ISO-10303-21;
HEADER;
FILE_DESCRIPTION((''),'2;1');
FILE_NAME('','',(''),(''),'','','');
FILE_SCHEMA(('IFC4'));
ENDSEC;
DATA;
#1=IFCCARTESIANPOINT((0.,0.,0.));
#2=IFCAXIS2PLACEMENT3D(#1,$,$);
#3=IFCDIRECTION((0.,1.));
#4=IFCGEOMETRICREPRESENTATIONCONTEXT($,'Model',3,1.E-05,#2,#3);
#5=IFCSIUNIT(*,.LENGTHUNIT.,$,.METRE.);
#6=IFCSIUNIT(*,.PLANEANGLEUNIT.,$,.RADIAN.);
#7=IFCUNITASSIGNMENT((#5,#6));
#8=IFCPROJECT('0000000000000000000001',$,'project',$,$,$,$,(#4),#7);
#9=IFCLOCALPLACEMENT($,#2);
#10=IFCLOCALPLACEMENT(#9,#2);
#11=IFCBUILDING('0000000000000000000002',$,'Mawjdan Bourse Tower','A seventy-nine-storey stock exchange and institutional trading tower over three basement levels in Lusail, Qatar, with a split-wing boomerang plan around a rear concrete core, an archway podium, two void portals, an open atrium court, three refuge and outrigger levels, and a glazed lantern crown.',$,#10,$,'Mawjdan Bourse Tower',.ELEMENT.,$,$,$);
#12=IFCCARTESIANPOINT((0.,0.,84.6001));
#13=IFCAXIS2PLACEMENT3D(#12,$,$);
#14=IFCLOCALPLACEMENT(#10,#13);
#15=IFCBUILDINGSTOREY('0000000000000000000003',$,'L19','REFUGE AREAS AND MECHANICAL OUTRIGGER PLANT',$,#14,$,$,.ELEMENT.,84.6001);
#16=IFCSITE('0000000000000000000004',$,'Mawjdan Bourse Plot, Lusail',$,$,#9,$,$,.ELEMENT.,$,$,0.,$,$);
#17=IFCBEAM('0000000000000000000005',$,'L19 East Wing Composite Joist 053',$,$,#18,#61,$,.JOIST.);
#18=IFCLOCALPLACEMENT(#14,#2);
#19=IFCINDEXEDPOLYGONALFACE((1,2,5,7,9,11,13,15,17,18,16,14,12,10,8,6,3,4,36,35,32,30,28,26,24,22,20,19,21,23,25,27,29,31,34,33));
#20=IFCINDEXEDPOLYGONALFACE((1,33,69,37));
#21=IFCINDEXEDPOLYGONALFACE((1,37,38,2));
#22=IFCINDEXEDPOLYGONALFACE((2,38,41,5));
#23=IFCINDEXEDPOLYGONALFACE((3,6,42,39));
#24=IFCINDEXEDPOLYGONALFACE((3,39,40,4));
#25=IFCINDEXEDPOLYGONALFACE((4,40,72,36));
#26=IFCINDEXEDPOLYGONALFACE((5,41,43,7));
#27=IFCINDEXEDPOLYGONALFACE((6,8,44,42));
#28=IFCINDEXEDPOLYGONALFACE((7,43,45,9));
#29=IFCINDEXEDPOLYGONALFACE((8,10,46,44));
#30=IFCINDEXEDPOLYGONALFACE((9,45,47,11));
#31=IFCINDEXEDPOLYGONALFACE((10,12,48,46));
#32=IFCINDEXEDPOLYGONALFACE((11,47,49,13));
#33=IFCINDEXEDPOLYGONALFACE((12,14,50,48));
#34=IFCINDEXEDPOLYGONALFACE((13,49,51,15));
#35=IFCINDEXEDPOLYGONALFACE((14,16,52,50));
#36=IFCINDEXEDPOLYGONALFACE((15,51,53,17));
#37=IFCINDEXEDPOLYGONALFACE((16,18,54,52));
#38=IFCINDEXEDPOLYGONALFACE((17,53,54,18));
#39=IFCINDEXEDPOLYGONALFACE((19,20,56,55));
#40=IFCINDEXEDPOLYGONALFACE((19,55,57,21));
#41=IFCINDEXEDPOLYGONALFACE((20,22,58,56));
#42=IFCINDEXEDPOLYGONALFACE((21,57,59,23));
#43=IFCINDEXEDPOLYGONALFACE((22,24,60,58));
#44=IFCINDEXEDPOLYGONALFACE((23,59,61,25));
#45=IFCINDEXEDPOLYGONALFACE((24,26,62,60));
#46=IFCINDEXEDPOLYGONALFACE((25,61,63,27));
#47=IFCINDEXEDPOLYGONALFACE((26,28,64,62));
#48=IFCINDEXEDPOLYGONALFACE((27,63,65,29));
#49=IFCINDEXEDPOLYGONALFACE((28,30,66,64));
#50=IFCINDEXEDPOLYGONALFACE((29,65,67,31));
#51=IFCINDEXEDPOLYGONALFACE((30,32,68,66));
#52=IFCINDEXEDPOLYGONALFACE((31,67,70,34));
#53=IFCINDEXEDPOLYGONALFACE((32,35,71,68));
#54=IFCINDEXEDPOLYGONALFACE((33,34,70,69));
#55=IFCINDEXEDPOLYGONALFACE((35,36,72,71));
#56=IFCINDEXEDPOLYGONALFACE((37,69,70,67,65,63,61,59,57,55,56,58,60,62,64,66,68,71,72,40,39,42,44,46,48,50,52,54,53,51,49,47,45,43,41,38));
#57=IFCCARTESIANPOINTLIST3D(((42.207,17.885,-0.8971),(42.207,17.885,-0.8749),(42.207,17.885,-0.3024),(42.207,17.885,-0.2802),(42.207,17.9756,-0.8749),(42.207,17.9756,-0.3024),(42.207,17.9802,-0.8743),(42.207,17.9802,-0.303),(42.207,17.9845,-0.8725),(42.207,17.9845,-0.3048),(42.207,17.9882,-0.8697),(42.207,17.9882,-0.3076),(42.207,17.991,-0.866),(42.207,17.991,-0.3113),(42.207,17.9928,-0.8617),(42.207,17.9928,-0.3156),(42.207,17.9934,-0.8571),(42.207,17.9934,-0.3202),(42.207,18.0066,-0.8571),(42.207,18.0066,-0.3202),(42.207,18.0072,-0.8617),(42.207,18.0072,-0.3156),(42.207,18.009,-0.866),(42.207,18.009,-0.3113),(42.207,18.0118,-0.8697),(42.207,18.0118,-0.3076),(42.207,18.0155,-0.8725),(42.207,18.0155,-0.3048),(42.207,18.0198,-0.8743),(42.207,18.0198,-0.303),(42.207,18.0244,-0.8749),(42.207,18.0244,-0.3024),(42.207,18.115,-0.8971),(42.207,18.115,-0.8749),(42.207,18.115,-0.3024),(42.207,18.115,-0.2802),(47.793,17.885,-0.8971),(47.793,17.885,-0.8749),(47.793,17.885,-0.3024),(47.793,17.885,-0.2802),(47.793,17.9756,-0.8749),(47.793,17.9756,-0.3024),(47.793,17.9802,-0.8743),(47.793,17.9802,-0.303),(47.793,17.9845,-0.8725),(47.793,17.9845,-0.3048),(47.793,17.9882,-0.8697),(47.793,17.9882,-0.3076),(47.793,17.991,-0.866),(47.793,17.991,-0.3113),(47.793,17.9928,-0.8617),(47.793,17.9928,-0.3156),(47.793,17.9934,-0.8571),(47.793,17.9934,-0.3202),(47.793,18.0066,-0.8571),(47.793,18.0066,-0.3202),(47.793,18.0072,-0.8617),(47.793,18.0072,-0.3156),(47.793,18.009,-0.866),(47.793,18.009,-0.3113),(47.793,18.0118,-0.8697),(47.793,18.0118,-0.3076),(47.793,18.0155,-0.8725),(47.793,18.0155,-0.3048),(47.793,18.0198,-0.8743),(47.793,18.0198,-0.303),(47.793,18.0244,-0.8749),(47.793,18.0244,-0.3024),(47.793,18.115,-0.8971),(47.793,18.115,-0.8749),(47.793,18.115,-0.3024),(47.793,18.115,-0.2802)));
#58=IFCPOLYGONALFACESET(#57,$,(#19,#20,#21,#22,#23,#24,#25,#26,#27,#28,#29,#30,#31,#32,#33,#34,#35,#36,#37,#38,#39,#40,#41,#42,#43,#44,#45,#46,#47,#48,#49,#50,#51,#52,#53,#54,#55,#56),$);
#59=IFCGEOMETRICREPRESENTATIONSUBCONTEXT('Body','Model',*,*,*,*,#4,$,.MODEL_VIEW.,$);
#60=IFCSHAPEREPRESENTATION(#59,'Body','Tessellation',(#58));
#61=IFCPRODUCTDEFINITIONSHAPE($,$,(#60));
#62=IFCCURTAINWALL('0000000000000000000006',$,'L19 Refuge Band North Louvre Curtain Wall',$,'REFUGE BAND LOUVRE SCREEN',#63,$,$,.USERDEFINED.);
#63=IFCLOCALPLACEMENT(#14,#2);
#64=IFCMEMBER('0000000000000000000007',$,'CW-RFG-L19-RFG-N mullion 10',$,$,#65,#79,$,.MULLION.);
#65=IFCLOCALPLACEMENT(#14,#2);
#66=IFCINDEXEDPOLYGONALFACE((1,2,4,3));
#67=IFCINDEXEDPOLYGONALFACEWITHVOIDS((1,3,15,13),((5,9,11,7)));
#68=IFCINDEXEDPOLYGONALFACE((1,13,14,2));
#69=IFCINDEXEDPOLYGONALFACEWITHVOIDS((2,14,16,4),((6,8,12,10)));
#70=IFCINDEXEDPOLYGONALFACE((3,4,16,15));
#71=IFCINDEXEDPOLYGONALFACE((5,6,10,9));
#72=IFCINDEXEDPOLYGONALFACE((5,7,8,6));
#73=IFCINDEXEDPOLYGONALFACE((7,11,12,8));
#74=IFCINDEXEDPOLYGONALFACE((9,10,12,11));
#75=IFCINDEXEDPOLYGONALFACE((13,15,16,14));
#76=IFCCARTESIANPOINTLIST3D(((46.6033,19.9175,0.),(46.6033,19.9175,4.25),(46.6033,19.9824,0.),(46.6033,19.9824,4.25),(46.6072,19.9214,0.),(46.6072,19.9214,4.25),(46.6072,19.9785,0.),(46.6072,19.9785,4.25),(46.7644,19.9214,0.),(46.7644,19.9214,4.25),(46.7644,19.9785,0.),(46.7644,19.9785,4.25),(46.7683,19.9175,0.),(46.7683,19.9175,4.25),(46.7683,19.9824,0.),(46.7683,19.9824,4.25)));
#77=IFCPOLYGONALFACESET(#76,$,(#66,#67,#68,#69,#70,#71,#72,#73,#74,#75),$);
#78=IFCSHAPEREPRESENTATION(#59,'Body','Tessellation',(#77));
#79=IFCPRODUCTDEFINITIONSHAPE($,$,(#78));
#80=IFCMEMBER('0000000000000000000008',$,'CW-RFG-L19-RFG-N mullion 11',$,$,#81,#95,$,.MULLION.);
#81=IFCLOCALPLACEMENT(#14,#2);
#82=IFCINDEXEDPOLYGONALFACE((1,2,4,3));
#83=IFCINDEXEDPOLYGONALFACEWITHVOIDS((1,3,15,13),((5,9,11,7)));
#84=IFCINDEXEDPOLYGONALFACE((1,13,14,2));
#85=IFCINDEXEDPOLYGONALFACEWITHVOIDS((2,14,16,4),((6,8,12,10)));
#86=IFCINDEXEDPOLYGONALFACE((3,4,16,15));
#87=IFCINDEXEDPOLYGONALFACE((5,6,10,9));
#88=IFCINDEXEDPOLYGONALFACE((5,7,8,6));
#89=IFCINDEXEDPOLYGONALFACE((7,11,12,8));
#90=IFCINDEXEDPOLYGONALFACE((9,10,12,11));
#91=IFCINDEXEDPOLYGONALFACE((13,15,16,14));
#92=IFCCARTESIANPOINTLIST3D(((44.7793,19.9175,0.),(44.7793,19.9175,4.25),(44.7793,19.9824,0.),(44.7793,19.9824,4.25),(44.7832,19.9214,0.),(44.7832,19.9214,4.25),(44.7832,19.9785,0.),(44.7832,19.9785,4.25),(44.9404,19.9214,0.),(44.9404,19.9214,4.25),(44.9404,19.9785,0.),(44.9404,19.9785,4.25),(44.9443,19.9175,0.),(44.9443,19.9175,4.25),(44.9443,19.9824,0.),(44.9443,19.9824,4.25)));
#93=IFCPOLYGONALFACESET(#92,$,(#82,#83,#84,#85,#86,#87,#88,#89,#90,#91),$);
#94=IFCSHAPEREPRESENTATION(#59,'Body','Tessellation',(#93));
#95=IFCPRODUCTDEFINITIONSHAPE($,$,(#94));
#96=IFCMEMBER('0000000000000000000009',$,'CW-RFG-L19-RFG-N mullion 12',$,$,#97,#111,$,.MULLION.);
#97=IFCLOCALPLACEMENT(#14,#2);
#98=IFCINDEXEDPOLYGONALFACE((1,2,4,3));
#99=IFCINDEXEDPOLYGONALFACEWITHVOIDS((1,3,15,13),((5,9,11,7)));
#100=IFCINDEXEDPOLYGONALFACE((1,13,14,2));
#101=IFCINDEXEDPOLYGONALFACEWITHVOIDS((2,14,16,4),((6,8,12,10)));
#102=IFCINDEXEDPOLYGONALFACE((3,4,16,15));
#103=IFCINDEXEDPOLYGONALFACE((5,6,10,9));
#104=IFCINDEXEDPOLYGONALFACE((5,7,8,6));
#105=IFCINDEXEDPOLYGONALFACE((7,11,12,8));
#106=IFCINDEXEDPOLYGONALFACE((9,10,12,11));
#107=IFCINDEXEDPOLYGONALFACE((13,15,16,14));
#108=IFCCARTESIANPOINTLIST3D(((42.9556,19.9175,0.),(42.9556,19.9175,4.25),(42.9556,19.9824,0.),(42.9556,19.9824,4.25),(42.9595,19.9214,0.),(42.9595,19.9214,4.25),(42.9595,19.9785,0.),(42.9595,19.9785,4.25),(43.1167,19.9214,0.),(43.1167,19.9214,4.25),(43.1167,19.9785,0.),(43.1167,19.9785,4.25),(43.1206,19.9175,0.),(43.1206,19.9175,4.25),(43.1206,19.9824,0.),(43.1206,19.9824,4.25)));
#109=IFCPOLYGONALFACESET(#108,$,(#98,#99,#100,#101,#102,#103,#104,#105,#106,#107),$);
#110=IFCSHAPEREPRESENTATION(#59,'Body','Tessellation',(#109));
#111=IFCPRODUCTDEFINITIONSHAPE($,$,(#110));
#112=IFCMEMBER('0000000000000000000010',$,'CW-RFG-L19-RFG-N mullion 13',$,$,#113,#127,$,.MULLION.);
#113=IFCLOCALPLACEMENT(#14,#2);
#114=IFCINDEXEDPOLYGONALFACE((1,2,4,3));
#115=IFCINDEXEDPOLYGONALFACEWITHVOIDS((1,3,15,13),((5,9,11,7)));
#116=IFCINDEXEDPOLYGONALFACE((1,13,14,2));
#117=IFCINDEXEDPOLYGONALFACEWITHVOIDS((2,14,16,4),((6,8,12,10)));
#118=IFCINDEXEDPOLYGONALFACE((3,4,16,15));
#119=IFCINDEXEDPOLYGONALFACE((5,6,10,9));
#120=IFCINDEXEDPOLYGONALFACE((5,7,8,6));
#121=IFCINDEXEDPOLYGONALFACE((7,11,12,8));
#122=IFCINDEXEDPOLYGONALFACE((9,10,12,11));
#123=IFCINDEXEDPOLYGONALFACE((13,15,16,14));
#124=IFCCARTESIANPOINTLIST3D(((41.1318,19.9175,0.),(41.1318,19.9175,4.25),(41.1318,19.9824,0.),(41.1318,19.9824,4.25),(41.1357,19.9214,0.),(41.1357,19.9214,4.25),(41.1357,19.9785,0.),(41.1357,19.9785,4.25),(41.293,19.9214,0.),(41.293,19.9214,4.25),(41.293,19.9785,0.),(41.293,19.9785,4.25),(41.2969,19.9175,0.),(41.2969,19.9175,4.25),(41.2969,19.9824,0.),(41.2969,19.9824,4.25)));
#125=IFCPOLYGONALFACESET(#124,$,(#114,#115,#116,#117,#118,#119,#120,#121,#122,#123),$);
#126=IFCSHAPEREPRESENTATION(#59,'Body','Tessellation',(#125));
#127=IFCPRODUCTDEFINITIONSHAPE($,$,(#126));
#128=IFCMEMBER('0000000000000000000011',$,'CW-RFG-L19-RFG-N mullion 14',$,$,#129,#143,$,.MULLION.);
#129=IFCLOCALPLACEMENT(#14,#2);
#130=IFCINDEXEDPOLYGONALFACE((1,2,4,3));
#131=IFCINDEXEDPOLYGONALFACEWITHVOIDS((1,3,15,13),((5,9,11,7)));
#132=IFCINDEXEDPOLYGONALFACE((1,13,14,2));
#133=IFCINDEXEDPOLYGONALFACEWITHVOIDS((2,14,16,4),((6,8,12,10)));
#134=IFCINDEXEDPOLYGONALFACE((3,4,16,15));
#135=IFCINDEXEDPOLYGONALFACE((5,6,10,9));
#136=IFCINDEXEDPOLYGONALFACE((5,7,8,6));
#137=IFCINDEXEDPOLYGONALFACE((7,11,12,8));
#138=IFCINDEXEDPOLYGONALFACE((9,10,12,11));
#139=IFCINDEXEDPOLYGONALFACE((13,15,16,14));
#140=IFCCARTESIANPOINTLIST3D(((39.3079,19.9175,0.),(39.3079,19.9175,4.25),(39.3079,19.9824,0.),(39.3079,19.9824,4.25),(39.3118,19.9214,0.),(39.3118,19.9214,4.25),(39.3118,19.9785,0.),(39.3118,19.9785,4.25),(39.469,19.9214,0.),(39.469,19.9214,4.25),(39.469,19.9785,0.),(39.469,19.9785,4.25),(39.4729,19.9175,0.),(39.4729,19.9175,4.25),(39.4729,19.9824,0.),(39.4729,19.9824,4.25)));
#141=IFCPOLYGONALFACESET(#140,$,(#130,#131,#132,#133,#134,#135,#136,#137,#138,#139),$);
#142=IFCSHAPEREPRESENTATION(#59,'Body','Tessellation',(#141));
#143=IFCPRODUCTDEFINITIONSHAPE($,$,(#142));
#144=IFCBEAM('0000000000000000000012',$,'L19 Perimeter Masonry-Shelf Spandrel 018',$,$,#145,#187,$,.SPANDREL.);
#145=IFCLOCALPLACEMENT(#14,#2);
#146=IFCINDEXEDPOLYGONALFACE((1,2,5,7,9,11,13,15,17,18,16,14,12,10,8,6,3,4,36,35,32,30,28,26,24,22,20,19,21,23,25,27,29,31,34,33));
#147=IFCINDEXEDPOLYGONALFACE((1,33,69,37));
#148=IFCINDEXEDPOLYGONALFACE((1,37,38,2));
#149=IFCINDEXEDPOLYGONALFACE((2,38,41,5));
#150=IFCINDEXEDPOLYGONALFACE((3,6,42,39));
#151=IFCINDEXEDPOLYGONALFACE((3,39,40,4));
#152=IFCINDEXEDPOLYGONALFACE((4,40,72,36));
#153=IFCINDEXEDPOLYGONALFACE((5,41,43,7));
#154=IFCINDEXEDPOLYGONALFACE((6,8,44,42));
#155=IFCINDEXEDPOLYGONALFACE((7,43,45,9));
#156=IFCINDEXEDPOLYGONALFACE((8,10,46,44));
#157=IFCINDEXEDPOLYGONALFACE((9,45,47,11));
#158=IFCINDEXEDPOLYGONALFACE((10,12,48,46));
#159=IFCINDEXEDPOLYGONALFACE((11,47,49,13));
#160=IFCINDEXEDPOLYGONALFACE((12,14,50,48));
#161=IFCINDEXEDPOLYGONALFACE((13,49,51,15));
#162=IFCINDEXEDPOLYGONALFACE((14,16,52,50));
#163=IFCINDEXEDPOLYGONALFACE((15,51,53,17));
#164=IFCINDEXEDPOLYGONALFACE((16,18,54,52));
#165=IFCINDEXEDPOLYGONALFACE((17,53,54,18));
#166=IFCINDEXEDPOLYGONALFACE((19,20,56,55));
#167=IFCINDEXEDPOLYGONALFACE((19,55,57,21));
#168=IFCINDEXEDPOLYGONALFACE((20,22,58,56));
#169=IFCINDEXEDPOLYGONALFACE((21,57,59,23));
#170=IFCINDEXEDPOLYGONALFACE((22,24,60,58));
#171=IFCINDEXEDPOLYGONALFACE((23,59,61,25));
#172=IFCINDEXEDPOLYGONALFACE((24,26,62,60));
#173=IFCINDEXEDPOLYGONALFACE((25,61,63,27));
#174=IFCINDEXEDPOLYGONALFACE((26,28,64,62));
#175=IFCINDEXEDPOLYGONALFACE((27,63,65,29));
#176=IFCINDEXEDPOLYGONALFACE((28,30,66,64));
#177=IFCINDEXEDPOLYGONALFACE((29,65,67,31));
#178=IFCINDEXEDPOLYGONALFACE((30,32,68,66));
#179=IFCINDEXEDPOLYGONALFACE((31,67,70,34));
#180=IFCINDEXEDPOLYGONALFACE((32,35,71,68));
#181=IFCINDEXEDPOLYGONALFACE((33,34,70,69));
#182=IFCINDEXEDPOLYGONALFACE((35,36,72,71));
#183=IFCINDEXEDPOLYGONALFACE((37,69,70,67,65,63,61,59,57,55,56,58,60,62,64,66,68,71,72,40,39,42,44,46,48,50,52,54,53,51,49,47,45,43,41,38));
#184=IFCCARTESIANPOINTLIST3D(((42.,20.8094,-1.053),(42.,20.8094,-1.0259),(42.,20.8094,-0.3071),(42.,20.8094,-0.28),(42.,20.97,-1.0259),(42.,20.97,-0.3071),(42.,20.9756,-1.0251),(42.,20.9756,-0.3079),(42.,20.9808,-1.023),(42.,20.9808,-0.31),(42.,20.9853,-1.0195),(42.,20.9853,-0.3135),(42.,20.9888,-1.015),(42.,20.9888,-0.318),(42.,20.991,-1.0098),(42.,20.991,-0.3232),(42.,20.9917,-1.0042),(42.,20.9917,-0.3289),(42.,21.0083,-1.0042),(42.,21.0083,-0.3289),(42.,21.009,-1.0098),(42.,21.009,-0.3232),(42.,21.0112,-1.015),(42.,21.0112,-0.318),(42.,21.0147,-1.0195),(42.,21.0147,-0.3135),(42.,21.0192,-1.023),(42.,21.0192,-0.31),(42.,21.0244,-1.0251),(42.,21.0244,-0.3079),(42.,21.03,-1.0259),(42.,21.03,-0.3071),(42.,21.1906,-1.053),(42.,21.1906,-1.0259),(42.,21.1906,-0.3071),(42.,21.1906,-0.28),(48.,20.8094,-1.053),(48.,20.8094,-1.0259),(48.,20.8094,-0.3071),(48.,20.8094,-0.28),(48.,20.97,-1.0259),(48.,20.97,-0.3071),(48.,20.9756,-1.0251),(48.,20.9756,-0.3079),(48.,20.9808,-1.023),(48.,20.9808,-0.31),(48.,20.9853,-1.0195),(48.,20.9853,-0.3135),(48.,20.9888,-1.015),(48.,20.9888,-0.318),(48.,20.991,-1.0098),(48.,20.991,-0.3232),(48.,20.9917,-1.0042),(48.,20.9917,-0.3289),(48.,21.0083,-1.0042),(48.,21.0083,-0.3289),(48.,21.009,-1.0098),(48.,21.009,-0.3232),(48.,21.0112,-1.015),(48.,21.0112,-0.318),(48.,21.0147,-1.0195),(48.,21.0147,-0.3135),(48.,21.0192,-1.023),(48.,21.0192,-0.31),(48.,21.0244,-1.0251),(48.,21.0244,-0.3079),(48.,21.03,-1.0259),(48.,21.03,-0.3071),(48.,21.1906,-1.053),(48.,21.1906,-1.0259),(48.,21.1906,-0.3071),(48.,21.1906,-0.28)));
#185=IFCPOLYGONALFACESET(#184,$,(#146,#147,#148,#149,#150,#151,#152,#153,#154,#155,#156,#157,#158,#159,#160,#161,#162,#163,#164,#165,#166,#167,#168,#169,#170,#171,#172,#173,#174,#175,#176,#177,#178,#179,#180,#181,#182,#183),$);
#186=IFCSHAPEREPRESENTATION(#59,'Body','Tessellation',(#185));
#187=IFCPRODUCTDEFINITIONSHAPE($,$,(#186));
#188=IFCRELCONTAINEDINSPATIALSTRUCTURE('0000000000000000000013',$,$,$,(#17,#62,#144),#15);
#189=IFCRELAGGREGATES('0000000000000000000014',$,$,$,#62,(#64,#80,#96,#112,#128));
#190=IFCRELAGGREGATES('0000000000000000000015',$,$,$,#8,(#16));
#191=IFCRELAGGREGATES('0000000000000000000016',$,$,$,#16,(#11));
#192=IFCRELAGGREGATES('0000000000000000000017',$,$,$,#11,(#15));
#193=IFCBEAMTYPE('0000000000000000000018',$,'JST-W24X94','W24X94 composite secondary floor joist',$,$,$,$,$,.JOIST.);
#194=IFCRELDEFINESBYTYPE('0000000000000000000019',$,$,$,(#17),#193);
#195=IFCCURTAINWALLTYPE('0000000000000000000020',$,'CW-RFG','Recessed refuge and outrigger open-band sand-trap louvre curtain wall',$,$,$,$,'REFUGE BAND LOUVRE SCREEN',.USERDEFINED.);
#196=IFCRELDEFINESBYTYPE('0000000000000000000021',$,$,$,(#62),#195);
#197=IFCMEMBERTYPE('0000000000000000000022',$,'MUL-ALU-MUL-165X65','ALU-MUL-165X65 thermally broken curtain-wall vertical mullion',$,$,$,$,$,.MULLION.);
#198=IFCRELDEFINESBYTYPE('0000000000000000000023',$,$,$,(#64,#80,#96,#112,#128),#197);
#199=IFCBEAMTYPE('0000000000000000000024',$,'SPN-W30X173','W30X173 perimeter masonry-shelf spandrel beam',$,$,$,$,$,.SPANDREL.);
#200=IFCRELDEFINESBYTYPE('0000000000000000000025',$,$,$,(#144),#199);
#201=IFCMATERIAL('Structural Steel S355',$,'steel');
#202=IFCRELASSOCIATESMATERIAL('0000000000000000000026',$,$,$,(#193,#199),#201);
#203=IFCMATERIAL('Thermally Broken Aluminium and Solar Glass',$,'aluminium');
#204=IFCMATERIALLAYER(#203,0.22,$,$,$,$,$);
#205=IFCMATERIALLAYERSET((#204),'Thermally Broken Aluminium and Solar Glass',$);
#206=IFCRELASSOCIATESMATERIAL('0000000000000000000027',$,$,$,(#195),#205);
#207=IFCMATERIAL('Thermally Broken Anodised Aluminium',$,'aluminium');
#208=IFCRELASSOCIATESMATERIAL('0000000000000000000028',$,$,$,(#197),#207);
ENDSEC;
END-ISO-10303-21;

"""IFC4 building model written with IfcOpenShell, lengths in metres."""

from ifc_helpers import new_model, si_unit, direction, frame, origin, origin_2d, place, context, subcontext, project, spatial, hollow_rectangle, i_section, extrude, material, layer, layer_set, material_profile, profile_set, type_object, element, aggregate, save


model = new_model("IFC4")

# Units and contexts
model_context = context("Model", 3, precision=1e-05, world=origin(), true_north=direction((0.0, 1.0)))
body_context = subcontext(model_context, "Body", "Model", "MODEL_VIEW")
ifc_project = project(units=[si_unit("LENGTHUNIT", "METRE"), si_unit("PLANEANGLEUNIT", "RADIAN")], contexts=[model_context])

# Site, building, storey
site_placement = place(None, origin())
site = spatial("IfcSite", under=ifc_project, at=site_placement, Name="Mawjdan Bourse Plot, Lusail", CompositionType="ELEMENT", RefElevation=0.0)
building_placement = place(site_placement, origin())
building = spatial("IfcBuilding", under=site, at=building_placement, Name="Mawjdan Bourse Tower", Description="A seventy-nine-storey stock exchange and institutional trading tower over three basement levels in Lusail, Qatar, with a split-wing boomerang plan around a rear concrete core, an archway podium, two void portals, an open atrium court, three refuge and outrigger levels, and a glazed lantern crown.", LongName="Mawjdan Bourse Tower", CompositionType="ELEMENT")
storey_placement = place(building_placement, frame((0.0, 0.0, 84.6001)))
storey = spatial("IfcBuildingStorey", under=building, at=storey_placement, Name="L19", Description="REFUGE AREAS AND MECHANICAL OUTRIGGER PLANT", CompositionType="ELEMENT", Elevation=84.6001)

# Beam
ifc_material_1 = material(Name="Structural Steel S355", Category="steel")
ifc_material_profile_1 = material_profile(ifc_material_1, i_section(OverallWidth=0.23, OverallDepth=0.6169, WebThickness=0.0132, FlangeThickness=0.0222, FilletRadius=0.0178, at=origin_2d()), Name="W24X94")
ifc_profile_set_1 = profile_set([ifc_material_profile_1], Name="Structural Steel S355")
beam_type_1 = type_object("IfcBeamType", Name="JST-W24X94", Description="W24X94 composite secondary floor joist", PredefinedType="JOIST", material=ifc_profile_set_1)
for number, where, z_axis, x_axis, name in (
    (1, (42.207, 18.0, -0.5886), (1.0, 0.0, 0.0), (0.0, 1.0, 0.0), "L19 East Wing Composite Joist 053"),
):
    element("IfcBeam", number, at=place(storey_placement, frame(where, z_axis=z_axis, x_axis=x_axis)), inside=storey, type_object=beam_type_1, Name=name, PredefinedType="JOIST", context=body_context, shape_type="SweptSolid", body=[
        extrude(i_section(OverallWidth=0.23, OverallDepth=0.6169, WebThickness=0.0132, FlangeThickness=0.0222, FilletRadius=0.0178, at=origin_2d()), origin(), (0.0, 0.0, 1.0), 5.5859),
    ])

# Curtain wall, members
ifc_material_2 = material(Name="Thermally Broken Aluminium and Solar Glass", Category="aluminium")
ifc_layer_1 = layer(ifc_material_2, 0.22)
ifc_layer_set_1 = layer_set([ifc_layer_1], Name="Thermally Broken Aluminium and Solar Glass")
curtain_wall_type = type_object("IfcCurtainWallType", Name="CW-RFG", Description="Recessed refuge and outrigger open-band sand-trap louvre curtain wall", ElementType="REFUGE BAND LOUVRE SCREEN", PredefinedType="USERDEFINED", material=ifc_layer_set_1)
curtain_wall_placement = place(storey_placement, origin())
curtain_wall = element("IfcCurtainWall", 2, at=curtain_wall_placement, inside=storey, type_object=curtain_wall_type, Name="L19 Refuge Band North Louvre Curtain Wall", ObjectType="REFUGE BAND LOUVRE SCREEN", PredefinedType="USERDEFINED")
ifc_material_3 = material(Name="Thermally Broken Anodised Aluminium", Category="aluminium")
ifc_material_profile_2 = material_profile(ifc_material_3, hollow_rectangle(XDim=0.0649, YDim=0.165, WallThickness=0.0039, at=origin_2d()), Name="ALU-MUL-165X65")
ifc_profile_set_2 = profile_set([ifc_material_profile_2], Name="Thermally Broken Anodised Aluminium")
member_type_1 = type_object("IfcMemberType", Name="MUL-ALU-MUL-165X65", Description="ALU-MUL-165X65 thermally broken curtain-wall vertical mullion", PredefinedType="MULLION", material=ifc_profile_set_2)
member_1_placement = place(storey_placement, frame((46.6858, 19.95, 0.0), z_axis=(0.0, 0.0, 1.0), x_axis=(0.0, -1.0, 0.0)))
member_1 = element("IfcMember", 3, at=member_1_placement, type_object=member_type_1, Name="CW-RFG-L19-RFG-N mullion 10", PredefinedType="MULLION", context=body_context, shape_type="SweptSolid", body=[
    extrude(hollow_rectangle(XDim=0.0649, YDim=0.165, WallThickness=0.0039, at=origin_2d()), origin(), (0.0, 0.0, 1.0), 4.25),
])
member_2_placement = place(storey_placement, frame((44.8618, 19.95, 0.0), z_axis=(0.0, 0.0, 1.0), x_axis=(0.0, -1.0, 0.0)))
member_2 = element("IfcMember", 4, at=member_2_placement, type_object=member_type_1, Name="CW-RFG-L19-RFG-N mullion 11", PredefinedType="MULLION", context=body_context, shape_type="SweptSolid", body=[
    extrude(hollow_rectangle(XDim=0.0649, YDim=0.165, WallThickness=0.0039, at=origin_2d()), origin(), (0.0, 0.0, 1.0), 4.25),
])
member_3_placement = place(storey_placement, frame((43.0381, 19.95, 0.0), z_axis=(0.0, 0.0, 1.0), x_axis=(0.0, -1.0, 0.0)))
member_3 = element("IfcMember", 5, at=member_3_placement, type_object=member_type_1, Name="CW-RFG-L19-RFG-N mullion 12", PredefinedType="MULLION", context=body_context, shape_type="SweptSolid", body=[
    extrude(hollow_rectangle(XDim=0.0649, YDim=0.165, WallThickness=0.0039, at=origin_2d()), origin(), (0.0, 0.0, 1.0), 4.25),
])
member_4_placement = place(storey_placement, frame((41.2144, 19.95, 0.0), z_axis=(0.0, 0.0, 1.0), x_axis=(0.0, -1.0, 0.0)))
member_4 = element("IfcMember", 6, at=member_4_placement, type_object=member_type_1, Name="CW-RFG-L19-RFG-N mullion 13", PredefinedType="MULLION", context=body_context, shape_type="SweptSolid", body=[
    extrude(hollow_rectangle(XDim=0.0649, YDim=0.165, WallThickness=0.0039, at=origin_2d()), origin(), (0.0, 0.0, 1.0), 4.25),
])
member_5_placement = place(storey_placement, frame((39.3904, 19.95, 0.0), z_axis=(0.0, 0.0, 1.0), x_axis=(0.0, -1.0, 0.0)))
member_5 = element("IfcMember", 7, at=member_5_placement, type_object=member_type_1, Name="CW-RFG-L19-RFG-N mullion 14", PredefinedType="MULLION", context=body_context, shape_type="SweptSolid", body=[
    extrude(hollow_rectangle(XDim=0.0649, YDim=0.165, WallThickness=0.0039, at=origin_2d()), origin(), (0.0, 0.0, 1.0), 4.25),
])

# Beam
ifc_material_profile_3 = material_profile(ifc_material_1, i_section(OverallWidth=0.3811, OverallDepth=0.7729, WebThickness=0.0166, FlangeThickness=0.0271, FilletRadius=0.0217, at=origin_2d()), Name="W30X173")
ifc_profile_set_3 = profile_set([ifc_material_profile_3], Name="Structural Steel S355")
beam_type_2 = type_object("IfcBeamType", Name="SPN-W30X173", Description="W30X173 perimeter masonry-shelf spandrel beam", PredefinedType="SPANDREL", material=ifc_profile_set_3)
beam_placement = place(storey_placement, frame((42.0, 21.0, -0.6665), z_axis=(1.0, 0.0, 0.0), x_axis=(0.0, 1.0, 0.0)))
element("IfcBeam", 8, at=beam_placement, inside=storey, type_object=beam_type_2, Name="L19 Perimeter Masonry-Shelf Spandrel 018", PredefinedType="SPANDREL", context=body_context, shape_type="SweptSolid", body=[
    extrude(i_section(OverallWidth=0.3811, OverallDepth=0.7729, WebThickness=0.0166, FlangeThickness=0.0271, FilletRadius=0.0217, at=origin_2d()), origin(), (0.0, 0.0, 1.0), 6.0),
])

aggregate(curtain_wall, [member_1, member_2, member_3, member_4, member_5])

save(model, "model.ifc")
